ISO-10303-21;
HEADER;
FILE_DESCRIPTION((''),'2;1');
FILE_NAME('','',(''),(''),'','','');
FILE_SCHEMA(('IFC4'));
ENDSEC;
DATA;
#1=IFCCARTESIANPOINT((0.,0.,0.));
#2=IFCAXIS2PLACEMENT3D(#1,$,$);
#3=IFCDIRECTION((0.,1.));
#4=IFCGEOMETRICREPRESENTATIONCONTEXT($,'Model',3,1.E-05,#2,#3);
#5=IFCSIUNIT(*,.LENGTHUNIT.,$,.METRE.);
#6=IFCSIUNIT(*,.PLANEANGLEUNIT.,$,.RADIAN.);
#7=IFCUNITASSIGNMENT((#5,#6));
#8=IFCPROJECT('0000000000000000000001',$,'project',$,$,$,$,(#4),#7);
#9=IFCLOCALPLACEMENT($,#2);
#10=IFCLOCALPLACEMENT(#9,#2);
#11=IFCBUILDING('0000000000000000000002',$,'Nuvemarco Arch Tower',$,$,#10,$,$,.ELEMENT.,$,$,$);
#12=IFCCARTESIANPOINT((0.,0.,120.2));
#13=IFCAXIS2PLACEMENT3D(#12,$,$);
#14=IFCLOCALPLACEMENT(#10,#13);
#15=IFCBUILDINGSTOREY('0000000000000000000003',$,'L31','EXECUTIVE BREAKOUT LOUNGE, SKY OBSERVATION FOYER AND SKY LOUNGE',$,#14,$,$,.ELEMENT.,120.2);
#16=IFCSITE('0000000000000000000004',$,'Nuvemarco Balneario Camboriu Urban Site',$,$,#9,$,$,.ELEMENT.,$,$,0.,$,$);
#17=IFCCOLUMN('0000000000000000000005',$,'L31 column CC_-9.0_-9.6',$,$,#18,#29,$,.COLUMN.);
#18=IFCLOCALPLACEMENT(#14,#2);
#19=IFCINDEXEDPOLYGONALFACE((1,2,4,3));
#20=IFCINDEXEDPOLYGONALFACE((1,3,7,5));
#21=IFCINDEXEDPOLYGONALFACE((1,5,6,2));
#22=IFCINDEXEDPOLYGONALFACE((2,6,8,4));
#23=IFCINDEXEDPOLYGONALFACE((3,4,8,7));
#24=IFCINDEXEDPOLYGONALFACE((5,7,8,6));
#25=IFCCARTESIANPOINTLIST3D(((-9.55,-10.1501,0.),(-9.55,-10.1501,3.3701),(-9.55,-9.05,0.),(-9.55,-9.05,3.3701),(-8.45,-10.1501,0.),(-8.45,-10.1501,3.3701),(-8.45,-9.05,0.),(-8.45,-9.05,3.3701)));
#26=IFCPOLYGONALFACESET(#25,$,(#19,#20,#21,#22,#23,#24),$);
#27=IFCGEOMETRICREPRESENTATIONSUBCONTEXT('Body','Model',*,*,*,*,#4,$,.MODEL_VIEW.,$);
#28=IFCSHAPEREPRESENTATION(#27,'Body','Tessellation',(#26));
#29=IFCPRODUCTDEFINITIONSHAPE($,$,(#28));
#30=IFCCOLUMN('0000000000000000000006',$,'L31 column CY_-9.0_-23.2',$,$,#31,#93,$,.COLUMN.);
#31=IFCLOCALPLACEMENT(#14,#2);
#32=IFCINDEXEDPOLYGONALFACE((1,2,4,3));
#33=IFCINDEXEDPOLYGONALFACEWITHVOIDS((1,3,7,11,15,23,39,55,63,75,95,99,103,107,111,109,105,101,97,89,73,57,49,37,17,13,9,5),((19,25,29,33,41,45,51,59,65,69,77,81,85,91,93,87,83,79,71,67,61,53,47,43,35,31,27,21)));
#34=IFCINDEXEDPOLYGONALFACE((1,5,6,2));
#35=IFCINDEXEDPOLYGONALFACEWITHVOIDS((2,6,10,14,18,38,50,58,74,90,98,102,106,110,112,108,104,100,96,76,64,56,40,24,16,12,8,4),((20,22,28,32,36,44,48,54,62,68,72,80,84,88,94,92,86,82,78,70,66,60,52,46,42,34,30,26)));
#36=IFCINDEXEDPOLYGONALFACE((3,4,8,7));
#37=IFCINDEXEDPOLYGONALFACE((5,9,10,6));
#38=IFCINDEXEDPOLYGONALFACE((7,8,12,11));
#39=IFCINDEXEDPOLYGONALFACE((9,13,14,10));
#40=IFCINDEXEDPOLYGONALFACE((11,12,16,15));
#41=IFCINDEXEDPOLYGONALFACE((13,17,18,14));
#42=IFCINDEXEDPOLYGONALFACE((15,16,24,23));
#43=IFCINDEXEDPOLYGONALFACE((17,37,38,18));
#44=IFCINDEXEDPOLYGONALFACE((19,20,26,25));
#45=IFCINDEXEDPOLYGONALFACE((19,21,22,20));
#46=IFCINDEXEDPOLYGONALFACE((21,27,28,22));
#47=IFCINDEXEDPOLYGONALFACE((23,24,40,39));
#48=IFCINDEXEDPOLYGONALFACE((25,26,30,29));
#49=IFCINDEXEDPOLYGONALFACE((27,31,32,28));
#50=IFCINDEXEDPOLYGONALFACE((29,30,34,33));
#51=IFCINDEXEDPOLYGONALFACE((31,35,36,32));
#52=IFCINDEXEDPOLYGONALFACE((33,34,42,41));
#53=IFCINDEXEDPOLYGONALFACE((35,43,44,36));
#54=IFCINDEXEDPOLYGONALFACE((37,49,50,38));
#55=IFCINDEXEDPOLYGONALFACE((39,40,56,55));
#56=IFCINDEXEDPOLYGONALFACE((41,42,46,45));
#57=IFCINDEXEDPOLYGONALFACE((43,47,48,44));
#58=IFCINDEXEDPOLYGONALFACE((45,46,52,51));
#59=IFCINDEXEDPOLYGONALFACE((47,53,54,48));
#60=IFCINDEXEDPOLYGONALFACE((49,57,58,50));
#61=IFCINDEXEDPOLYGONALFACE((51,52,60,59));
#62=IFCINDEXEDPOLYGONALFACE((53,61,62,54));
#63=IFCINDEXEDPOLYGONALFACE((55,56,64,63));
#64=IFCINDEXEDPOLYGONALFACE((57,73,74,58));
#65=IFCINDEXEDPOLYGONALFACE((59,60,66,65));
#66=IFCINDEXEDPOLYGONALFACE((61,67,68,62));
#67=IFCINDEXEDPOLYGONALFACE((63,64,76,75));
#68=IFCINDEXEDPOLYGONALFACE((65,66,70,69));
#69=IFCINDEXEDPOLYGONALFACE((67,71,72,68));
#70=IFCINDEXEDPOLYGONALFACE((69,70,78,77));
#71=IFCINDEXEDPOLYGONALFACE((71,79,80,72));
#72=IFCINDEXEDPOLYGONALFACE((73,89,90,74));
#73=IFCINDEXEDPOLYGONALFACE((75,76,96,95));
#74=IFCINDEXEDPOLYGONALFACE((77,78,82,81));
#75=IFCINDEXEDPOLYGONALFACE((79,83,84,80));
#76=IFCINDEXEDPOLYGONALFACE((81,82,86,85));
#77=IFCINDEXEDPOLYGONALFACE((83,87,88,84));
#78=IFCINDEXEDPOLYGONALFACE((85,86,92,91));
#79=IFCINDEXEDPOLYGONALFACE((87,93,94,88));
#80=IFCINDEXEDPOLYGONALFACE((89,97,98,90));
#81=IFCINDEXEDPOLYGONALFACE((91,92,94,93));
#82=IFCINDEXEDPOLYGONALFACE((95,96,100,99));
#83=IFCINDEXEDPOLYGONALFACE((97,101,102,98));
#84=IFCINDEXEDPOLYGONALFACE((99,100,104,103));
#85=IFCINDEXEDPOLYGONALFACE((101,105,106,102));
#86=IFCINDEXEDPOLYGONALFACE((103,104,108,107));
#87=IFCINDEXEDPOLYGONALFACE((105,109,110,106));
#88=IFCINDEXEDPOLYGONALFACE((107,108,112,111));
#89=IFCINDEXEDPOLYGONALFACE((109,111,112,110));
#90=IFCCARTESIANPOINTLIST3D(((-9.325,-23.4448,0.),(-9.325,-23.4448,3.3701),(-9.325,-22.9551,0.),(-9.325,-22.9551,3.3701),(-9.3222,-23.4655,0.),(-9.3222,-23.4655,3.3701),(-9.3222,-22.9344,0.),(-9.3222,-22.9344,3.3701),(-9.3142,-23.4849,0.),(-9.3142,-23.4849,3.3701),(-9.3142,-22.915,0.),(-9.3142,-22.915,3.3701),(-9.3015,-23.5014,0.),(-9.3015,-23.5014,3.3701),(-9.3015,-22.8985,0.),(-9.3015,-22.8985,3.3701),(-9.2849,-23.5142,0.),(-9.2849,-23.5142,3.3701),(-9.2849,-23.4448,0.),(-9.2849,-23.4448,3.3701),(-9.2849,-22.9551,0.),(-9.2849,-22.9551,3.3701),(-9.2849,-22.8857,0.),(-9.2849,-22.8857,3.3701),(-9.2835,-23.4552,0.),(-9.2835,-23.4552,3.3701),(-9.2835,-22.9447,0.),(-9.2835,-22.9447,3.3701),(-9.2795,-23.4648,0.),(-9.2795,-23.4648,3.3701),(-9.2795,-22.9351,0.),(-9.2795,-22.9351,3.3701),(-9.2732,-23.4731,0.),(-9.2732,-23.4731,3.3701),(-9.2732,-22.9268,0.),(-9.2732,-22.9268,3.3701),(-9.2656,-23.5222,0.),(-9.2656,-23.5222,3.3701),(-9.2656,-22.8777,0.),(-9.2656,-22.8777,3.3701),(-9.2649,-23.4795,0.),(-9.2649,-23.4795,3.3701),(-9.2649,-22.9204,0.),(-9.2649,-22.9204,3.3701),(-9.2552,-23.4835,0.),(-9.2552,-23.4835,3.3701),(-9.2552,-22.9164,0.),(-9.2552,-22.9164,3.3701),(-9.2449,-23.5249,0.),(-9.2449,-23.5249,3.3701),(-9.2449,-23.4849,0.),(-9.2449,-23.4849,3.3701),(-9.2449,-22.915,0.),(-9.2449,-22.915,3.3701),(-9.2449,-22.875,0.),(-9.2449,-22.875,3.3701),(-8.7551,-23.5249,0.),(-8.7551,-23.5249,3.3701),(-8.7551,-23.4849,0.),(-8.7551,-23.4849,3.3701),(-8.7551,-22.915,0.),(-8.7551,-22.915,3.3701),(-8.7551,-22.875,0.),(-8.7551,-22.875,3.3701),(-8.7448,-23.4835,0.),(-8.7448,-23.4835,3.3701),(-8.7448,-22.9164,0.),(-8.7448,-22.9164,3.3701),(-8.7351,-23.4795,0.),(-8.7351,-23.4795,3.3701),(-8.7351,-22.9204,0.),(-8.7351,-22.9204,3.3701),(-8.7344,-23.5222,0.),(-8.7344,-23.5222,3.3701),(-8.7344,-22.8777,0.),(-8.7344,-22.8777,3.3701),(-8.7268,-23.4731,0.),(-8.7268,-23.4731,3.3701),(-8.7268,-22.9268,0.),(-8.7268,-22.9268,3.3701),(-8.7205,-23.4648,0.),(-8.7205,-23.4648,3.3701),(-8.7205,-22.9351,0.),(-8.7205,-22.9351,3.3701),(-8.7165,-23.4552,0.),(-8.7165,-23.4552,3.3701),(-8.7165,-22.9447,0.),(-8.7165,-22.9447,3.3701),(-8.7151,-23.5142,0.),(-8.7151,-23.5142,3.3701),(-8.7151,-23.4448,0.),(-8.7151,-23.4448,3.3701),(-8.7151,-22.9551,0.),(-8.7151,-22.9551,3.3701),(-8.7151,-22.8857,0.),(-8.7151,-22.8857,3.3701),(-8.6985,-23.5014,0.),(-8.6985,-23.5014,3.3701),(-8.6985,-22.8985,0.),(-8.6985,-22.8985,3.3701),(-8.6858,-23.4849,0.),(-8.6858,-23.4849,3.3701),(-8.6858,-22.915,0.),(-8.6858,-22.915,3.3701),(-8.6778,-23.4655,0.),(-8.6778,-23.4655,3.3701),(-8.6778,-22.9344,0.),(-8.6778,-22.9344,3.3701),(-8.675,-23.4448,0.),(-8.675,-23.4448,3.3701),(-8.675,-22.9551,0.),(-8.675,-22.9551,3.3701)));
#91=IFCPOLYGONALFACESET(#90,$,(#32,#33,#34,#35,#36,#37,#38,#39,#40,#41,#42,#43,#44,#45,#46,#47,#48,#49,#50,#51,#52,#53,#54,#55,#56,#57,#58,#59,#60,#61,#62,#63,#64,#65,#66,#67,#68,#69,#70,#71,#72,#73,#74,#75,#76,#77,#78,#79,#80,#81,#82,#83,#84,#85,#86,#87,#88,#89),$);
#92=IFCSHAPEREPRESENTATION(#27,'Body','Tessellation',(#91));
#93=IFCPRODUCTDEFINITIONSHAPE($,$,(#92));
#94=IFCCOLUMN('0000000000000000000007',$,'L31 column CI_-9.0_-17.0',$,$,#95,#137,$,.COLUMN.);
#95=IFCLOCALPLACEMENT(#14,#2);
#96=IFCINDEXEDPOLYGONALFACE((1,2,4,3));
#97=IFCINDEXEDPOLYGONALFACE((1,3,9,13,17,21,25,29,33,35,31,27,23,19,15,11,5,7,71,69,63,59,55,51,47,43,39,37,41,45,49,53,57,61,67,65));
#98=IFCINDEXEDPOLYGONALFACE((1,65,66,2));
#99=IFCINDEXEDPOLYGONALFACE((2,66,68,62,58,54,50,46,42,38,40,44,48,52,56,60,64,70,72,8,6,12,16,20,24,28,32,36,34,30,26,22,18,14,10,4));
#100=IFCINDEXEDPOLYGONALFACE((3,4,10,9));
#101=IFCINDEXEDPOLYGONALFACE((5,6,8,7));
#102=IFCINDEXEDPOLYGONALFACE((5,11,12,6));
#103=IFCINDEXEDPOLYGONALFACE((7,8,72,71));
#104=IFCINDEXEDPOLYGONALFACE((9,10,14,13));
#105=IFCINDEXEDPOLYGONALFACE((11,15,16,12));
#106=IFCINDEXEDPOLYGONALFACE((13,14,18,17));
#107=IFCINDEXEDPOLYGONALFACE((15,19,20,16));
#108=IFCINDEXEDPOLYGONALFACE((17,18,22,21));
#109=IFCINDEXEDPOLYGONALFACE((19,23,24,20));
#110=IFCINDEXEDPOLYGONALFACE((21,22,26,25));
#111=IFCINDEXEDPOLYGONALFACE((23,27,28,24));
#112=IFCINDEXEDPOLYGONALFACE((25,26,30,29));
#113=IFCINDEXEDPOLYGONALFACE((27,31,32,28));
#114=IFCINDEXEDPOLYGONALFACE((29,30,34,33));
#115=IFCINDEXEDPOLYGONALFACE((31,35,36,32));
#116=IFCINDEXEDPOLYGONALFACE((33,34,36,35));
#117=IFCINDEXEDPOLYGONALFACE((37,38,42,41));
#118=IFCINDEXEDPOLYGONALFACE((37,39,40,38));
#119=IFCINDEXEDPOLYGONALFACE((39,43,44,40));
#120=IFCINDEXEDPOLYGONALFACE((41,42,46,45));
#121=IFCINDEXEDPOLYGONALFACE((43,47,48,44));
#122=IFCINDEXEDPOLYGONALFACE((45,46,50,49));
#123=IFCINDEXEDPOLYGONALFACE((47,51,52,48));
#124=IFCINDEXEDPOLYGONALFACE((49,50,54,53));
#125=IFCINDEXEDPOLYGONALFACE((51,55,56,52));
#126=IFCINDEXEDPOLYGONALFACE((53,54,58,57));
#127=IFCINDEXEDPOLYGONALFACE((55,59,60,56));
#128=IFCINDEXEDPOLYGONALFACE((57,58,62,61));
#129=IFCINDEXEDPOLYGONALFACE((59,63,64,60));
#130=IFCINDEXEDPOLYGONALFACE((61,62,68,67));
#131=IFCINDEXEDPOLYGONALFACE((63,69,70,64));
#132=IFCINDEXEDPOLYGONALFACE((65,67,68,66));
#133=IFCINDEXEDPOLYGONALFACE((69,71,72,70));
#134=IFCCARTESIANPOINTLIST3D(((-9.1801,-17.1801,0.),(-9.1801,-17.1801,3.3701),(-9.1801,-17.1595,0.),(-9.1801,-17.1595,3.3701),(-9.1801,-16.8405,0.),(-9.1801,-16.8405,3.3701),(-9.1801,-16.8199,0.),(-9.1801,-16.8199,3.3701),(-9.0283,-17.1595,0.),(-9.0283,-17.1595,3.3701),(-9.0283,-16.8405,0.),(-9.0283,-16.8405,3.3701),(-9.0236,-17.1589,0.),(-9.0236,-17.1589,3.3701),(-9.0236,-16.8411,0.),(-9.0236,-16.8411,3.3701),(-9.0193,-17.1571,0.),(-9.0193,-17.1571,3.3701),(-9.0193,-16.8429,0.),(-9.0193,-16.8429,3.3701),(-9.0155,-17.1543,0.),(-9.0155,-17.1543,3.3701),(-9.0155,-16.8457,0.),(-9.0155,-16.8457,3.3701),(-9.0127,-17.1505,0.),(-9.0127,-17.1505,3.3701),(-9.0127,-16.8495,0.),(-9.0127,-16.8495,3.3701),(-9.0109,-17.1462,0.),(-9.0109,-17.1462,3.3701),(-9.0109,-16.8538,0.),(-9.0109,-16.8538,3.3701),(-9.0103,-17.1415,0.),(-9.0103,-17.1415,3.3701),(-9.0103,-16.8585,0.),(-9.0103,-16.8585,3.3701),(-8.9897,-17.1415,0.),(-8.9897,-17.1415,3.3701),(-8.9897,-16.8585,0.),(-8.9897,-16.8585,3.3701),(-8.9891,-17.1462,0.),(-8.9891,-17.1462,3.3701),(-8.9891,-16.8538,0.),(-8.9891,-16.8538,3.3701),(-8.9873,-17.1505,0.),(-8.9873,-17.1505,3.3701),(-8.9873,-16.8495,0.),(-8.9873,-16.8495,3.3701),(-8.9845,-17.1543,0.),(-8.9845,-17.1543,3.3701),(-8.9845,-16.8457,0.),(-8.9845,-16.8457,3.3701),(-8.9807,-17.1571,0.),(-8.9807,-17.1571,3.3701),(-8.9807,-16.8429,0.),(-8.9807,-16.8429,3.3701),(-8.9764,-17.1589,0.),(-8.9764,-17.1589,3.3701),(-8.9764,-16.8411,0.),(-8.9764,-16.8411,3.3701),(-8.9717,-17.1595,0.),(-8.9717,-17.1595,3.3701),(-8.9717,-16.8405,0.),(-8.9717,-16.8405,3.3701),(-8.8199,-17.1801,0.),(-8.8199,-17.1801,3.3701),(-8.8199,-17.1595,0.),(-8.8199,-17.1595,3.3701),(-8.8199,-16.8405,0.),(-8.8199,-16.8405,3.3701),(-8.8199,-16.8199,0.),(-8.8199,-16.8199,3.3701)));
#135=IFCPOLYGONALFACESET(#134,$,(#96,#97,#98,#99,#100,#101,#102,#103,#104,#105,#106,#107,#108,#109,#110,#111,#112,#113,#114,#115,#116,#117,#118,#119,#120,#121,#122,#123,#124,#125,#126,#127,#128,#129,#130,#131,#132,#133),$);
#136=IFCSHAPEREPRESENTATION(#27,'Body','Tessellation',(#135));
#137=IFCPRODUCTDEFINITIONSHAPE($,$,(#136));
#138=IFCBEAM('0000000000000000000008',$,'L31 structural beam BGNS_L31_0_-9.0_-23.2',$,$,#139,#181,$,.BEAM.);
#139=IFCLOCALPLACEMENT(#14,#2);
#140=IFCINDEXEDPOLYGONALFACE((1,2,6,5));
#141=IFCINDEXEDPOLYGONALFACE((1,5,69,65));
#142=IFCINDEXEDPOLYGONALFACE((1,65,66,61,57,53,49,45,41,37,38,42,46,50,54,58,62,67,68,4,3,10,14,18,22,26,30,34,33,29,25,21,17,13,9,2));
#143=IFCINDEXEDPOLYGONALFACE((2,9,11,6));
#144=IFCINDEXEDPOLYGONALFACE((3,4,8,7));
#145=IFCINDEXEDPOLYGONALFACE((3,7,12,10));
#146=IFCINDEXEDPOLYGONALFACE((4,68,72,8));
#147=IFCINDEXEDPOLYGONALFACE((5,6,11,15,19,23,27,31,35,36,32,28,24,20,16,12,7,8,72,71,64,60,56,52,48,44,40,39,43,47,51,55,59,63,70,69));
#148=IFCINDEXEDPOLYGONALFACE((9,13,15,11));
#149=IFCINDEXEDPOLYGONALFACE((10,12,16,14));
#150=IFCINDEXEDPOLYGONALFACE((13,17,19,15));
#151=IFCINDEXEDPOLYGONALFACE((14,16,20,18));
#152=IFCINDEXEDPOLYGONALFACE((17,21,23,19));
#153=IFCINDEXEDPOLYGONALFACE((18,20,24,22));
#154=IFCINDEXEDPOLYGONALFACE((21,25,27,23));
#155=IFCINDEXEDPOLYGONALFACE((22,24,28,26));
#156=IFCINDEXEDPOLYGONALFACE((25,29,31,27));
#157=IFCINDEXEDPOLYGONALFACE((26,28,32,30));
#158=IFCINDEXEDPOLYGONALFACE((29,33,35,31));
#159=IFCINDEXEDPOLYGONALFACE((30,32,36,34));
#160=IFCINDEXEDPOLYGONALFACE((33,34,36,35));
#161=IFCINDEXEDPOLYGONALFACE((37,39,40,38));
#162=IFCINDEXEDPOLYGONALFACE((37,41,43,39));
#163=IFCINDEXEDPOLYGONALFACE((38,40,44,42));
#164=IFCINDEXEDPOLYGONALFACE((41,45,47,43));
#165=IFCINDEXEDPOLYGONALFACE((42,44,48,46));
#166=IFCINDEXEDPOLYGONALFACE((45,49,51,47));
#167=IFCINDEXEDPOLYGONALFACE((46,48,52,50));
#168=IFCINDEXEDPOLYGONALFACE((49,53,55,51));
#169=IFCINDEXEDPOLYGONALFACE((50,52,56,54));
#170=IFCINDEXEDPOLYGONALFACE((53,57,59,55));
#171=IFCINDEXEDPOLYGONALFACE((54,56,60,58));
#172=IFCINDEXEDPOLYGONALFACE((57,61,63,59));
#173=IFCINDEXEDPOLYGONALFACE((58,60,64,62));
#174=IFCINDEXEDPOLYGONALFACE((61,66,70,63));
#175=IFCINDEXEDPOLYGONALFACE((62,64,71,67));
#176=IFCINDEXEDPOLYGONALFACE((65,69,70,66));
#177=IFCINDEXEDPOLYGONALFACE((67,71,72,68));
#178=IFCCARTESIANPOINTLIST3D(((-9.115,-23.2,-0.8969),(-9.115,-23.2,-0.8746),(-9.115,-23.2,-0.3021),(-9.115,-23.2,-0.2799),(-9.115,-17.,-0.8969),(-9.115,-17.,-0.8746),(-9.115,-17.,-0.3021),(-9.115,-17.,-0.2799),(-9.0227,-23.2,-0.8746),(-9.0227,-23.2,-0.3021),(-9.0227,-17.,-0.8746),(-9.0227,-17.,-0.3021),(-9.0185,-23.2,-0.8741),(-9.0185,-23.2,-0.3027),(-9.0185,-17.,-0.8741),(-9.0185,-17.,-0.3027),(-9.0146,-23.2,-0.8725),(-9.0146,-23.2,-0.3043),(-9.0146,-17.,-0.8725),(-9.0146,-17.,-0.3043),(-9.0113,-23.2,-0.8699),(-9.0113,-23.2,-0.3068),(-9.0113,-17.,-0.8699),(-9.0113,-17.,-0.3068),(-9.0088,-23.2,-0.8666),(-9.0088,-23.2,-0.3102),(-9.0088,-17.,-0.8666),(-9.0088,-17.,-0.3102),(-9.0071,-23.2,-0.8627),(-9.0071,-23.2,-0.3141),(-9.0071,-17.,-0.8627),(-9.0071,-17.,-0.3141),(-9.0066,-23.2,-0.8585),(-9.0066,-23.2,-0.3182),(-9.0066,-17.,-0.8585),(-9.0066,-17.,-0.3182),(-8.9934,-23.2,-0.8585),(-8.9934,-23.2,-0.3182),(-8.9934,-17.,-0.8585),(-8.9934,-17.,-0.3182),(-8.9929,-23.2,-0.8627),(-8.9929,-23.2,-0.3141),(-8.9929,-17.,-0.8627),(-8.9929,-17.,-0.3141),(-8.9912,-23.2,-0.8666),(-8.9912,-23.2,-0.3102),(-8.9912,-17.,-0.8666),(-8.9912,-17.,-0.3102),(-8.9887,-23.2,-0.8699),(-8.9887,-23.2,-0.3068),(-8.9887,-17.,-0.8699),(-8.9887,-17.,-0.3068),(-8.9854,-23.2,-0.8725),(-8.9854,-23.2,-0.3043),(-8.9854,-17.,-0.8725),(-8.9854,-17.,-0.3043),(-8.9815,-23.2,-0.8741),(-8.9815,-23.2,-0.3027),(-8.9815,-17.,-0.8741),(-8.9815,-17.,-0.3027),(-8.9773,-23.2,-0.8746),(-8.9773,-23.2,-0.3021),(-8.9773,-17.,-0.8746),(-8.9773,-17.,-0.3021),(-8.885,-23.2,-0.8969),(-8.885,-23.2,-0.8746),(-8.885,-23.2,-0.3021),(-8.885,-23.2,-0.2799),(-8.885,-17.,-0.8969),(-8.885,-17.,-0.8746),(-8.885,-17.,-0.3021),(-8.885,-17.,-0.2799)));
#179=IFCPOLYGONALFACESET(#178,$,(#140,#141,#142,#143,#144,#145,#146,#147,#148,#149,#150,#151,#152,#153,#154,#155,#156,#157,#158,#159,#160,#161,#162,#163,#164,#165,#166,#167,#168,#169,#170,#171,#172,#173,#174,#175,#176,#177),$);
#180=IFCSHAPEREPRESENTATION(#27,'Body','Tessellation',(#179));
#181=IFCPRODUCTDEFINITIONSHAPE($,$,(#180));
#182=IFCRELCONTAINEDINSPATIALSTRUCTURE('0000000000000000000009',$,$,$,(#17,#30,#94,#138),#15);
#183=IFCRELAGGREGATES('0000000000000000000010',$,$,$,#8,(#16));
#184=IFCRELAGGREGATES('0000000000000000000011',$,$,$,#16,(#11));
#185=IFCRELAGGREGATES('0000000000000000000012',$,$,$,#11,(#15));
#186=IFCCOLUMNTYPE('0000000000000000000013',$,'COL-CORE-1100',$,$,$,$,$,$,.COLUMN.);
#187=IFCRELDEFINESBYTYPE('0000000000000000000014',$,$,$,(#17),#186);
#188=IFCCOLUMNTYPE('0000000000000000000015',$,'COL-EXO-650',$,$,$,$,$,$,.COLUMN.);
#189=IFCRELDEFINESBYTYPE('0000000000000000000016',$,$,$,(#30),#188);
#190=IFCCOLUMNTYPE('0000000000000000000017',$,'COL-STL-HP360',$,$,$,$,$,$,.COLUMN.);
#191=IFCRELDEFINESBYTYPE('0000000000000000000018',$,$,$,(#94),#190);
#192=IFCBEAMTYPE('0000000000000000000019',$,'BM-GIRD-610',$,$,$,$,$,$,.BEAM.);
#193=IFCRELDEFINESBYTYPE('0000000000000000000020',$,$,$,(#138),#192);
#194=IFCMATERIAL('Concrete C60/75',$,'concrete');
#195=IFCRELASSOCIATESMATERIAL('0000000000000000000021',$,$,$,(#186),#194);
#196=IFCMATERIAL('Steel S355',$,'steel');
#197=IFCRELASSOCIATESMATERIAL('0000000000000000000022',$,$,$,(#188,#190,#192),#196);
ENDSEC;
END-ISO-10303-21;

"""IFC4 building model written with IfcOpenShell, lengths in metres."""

from ifc_helpers import new_model, si_unit, direction, frame, origin, origin_2d, place, context, subcontext, project, spatial, rectangle, hollow_rectangle, i_section, extrude, material, material_profile, profile_set, type_object, element, save


model = new_model("IFC4")

# Units and contexts
model_context = context("Model", 3, precision=1e-05, world=origin(), true_north=direction((0.0, 1.0)))
body_context = subcontext(model_context, "Body", "Model", "MODEL_VIEW")
ifc_project = project(units=[si_unit("LENGTHUNIT", "METRE"), si_unit("PLANEANGLEUNIT", "RADIAN")], contexts=[model_context])

# Site, building, storey
site_placement = place(None, origin())
site = spatial("IfcSite", under=ifc_project, at=site_placement, Name="Nuvemarco Balneario Camboriu Urban Site", CompositionType="ELEMENT", RefElevation=0.0)
building_placement = place(site_placement, origin())
building = spatial("IfcBuilding", under=site, at=building_placement, Name="Nuvemarco Arch Tower", CompositionType="ELEMENT")
storey_placement = place(building_placement, frame((0.0, 0.0, 120.2)))
storey = spatial("IfcBuildingStorey", under=building, at=storey_placement, Name="L31", Description="EXECUTIVE BREAKOUT LOUNGE, SKY OBSERVATION FOYER AND SKY LOUNGE", CompositionType="ELEMENT", Elevation=120.2)

# Columns
ifc_material_1 = material(Name="Concrete C60/75", Category="concrete")
ifc_material_profile_1 = material_profile(ifc_material_1, rectangle(XDim=1.1001, YDim=1.1001, at=origin_2d()), Name="RC-COL-1100x1100")
ifc_profile_set_1 = profile_set([ifc_material_profile_1], Name="Concrete C60/75")
column_type_1 = type_object("IfcColumnType", Name="COL-CORE-1100", PredefinedType="COLUMN", material=ifc_profile_set_1)
column_1_placement = place(storey_placement, frame((-9.0, -9.6001, 0.0), z_axis=(0.0, 0.0, 1.0), x_axis=(1.0, 0.0, 0.0)))
element("IfcColumn", 1, at=column_1_placement, inside=storey, type_object=column_type_1, Name="L31 column CC_-9.0_-9.6", PredefinedType="COLUMN", context=body_context, shape_type="SweptSolid", body=[
    extrude(rectangle(XDim=1.1001, YDim=1.1001, at=origin_2d()), origin(), (0.0, 0.0, 1.0), 3.3701),
])
ifc_material_2 = material(Name="Steel S355", Category="steel")
ifc_material_profile_2 = material_profile(ifc_material_2, hollow_rectangle(XDim=0.6499, YDim=0.6499, WallThickness=0.04, InnerFilletRadius=0.04, OuterFilletRadius=0.0801, at=origin_2d()), Name="SHS650x650x40")
ifc_profile_set_2 = profile_set([ifc_material_profile_2], Name="Steel S355")
column_type_2 = type_object("IfcColumnType", Name="COL-EXO-650", PredefinedType="COLUMN", material=ifc_profile_set_2)
column_2_placement = place(storey_placement, frame((-9.0, -23.2, 0.0), z_axis=(0.0, 0.0, 1.0), x_axis=(1.0, 0.0, 0.0)))
element("IfcColumn", 2, at=column_2_placement, inside=storey, type_object=column_type_2, Name="L31 column CY_-9.0_-23.2", PredefinedType="COLUMN", context=body_context, shape_type="SweptSolid", body=[
    extrude(hollow_rectangle(XDim=0.6499, YDim=0.6499, WallThickness=0.04, InnerFilletRadius=0.04, OuterFilletRadius=0.0801, at=origin_2d()), origin(), (0.0, 0.0, 1.0), 3.3701),
])
ifc_material_profile_3 = material_profile(ifc_material_2, i_section(OverallWidth=0.3601, OverallDepth=0.3601, WebThickness=0.0205, FlangeThickness=0.0205, FilletRadius=0.0181, at=origin_2d()), Name="HP360x174")
ifc_profile_set_3 = profile_set([ifc_material_profile_3], Name="Steel S355")
column_type_3 = type_object("IfcColumnType", Name="COL-STL-HP360", PredefinedType="COLUMN", material=ifc_profile_set_3)
column_3_placement = place(storey_placement, frame((-9.0, -17.0, 0.0), z_axis=(0.0, 0.0, 1.0), x_axis=(1.0, 0.0, 0.0)))
element("IfcColumn", 3, at=column_3_placement, inside=storey, type_object=column_type_3, Name="L31 column CI_-9.0_-17.0", PredefinedType="COLUMN", context=body_context, shape_type="SweptSolid", body=[
    extrude(i_section(OverallWidth=0.3601, OverallDepth=0.3601, WebThickness=0.0205, FlangeThickness=0.0205, FilletRadius=0.0181, at=origin_2d()), origin(), (0.0, 0.0, 1.0), 3.3701),
])

# Beam
ifc_material_profile_4 = material_profile(ifc_material_2, i_section(OverallWidth=0.23, OverallDepth=0.6169, WebThickness=0.0132, FlangeThickness=0.0222, FilletRadius=0.0161, at=origin_2d()), Name="W610x140")
ifc_profile_set_4 = profile_set([ifc_material_profile_4], Name="Steel S355")
beam_type_1 = type_object("IfcBeamType", Name="BM-GIRD-610", PredefinedType="BEAM", material=ifc_profile_set_4)
beam_1_placement = place(storey_placement, frame((-9.0, -23.2, -0.5884), z_axis=(0.0, 1.0, 0.0), x_axis=(-1.0, 0.0, 0.0)))
element("IfcBeam", 4, at=beam_1_placement, inside=storey, type_object=beam_type_1, Name="L31 structural beam BGNS_L31_0_-9.0_-23.2", PredefinedType="BEAM", context=body_context, shape_type="SweptSolid", body=[
    extrude(i_section(OverallWidth=0.23, OverallDepth=0.6169, WebThickness=0.0132, FlangeThickness=0.0222, FilletRadius=0.0161, at=origin_2d()), origin(), (0.0, 0.0, 1.0), 6.2),
])

save(model, "model.ifc")
